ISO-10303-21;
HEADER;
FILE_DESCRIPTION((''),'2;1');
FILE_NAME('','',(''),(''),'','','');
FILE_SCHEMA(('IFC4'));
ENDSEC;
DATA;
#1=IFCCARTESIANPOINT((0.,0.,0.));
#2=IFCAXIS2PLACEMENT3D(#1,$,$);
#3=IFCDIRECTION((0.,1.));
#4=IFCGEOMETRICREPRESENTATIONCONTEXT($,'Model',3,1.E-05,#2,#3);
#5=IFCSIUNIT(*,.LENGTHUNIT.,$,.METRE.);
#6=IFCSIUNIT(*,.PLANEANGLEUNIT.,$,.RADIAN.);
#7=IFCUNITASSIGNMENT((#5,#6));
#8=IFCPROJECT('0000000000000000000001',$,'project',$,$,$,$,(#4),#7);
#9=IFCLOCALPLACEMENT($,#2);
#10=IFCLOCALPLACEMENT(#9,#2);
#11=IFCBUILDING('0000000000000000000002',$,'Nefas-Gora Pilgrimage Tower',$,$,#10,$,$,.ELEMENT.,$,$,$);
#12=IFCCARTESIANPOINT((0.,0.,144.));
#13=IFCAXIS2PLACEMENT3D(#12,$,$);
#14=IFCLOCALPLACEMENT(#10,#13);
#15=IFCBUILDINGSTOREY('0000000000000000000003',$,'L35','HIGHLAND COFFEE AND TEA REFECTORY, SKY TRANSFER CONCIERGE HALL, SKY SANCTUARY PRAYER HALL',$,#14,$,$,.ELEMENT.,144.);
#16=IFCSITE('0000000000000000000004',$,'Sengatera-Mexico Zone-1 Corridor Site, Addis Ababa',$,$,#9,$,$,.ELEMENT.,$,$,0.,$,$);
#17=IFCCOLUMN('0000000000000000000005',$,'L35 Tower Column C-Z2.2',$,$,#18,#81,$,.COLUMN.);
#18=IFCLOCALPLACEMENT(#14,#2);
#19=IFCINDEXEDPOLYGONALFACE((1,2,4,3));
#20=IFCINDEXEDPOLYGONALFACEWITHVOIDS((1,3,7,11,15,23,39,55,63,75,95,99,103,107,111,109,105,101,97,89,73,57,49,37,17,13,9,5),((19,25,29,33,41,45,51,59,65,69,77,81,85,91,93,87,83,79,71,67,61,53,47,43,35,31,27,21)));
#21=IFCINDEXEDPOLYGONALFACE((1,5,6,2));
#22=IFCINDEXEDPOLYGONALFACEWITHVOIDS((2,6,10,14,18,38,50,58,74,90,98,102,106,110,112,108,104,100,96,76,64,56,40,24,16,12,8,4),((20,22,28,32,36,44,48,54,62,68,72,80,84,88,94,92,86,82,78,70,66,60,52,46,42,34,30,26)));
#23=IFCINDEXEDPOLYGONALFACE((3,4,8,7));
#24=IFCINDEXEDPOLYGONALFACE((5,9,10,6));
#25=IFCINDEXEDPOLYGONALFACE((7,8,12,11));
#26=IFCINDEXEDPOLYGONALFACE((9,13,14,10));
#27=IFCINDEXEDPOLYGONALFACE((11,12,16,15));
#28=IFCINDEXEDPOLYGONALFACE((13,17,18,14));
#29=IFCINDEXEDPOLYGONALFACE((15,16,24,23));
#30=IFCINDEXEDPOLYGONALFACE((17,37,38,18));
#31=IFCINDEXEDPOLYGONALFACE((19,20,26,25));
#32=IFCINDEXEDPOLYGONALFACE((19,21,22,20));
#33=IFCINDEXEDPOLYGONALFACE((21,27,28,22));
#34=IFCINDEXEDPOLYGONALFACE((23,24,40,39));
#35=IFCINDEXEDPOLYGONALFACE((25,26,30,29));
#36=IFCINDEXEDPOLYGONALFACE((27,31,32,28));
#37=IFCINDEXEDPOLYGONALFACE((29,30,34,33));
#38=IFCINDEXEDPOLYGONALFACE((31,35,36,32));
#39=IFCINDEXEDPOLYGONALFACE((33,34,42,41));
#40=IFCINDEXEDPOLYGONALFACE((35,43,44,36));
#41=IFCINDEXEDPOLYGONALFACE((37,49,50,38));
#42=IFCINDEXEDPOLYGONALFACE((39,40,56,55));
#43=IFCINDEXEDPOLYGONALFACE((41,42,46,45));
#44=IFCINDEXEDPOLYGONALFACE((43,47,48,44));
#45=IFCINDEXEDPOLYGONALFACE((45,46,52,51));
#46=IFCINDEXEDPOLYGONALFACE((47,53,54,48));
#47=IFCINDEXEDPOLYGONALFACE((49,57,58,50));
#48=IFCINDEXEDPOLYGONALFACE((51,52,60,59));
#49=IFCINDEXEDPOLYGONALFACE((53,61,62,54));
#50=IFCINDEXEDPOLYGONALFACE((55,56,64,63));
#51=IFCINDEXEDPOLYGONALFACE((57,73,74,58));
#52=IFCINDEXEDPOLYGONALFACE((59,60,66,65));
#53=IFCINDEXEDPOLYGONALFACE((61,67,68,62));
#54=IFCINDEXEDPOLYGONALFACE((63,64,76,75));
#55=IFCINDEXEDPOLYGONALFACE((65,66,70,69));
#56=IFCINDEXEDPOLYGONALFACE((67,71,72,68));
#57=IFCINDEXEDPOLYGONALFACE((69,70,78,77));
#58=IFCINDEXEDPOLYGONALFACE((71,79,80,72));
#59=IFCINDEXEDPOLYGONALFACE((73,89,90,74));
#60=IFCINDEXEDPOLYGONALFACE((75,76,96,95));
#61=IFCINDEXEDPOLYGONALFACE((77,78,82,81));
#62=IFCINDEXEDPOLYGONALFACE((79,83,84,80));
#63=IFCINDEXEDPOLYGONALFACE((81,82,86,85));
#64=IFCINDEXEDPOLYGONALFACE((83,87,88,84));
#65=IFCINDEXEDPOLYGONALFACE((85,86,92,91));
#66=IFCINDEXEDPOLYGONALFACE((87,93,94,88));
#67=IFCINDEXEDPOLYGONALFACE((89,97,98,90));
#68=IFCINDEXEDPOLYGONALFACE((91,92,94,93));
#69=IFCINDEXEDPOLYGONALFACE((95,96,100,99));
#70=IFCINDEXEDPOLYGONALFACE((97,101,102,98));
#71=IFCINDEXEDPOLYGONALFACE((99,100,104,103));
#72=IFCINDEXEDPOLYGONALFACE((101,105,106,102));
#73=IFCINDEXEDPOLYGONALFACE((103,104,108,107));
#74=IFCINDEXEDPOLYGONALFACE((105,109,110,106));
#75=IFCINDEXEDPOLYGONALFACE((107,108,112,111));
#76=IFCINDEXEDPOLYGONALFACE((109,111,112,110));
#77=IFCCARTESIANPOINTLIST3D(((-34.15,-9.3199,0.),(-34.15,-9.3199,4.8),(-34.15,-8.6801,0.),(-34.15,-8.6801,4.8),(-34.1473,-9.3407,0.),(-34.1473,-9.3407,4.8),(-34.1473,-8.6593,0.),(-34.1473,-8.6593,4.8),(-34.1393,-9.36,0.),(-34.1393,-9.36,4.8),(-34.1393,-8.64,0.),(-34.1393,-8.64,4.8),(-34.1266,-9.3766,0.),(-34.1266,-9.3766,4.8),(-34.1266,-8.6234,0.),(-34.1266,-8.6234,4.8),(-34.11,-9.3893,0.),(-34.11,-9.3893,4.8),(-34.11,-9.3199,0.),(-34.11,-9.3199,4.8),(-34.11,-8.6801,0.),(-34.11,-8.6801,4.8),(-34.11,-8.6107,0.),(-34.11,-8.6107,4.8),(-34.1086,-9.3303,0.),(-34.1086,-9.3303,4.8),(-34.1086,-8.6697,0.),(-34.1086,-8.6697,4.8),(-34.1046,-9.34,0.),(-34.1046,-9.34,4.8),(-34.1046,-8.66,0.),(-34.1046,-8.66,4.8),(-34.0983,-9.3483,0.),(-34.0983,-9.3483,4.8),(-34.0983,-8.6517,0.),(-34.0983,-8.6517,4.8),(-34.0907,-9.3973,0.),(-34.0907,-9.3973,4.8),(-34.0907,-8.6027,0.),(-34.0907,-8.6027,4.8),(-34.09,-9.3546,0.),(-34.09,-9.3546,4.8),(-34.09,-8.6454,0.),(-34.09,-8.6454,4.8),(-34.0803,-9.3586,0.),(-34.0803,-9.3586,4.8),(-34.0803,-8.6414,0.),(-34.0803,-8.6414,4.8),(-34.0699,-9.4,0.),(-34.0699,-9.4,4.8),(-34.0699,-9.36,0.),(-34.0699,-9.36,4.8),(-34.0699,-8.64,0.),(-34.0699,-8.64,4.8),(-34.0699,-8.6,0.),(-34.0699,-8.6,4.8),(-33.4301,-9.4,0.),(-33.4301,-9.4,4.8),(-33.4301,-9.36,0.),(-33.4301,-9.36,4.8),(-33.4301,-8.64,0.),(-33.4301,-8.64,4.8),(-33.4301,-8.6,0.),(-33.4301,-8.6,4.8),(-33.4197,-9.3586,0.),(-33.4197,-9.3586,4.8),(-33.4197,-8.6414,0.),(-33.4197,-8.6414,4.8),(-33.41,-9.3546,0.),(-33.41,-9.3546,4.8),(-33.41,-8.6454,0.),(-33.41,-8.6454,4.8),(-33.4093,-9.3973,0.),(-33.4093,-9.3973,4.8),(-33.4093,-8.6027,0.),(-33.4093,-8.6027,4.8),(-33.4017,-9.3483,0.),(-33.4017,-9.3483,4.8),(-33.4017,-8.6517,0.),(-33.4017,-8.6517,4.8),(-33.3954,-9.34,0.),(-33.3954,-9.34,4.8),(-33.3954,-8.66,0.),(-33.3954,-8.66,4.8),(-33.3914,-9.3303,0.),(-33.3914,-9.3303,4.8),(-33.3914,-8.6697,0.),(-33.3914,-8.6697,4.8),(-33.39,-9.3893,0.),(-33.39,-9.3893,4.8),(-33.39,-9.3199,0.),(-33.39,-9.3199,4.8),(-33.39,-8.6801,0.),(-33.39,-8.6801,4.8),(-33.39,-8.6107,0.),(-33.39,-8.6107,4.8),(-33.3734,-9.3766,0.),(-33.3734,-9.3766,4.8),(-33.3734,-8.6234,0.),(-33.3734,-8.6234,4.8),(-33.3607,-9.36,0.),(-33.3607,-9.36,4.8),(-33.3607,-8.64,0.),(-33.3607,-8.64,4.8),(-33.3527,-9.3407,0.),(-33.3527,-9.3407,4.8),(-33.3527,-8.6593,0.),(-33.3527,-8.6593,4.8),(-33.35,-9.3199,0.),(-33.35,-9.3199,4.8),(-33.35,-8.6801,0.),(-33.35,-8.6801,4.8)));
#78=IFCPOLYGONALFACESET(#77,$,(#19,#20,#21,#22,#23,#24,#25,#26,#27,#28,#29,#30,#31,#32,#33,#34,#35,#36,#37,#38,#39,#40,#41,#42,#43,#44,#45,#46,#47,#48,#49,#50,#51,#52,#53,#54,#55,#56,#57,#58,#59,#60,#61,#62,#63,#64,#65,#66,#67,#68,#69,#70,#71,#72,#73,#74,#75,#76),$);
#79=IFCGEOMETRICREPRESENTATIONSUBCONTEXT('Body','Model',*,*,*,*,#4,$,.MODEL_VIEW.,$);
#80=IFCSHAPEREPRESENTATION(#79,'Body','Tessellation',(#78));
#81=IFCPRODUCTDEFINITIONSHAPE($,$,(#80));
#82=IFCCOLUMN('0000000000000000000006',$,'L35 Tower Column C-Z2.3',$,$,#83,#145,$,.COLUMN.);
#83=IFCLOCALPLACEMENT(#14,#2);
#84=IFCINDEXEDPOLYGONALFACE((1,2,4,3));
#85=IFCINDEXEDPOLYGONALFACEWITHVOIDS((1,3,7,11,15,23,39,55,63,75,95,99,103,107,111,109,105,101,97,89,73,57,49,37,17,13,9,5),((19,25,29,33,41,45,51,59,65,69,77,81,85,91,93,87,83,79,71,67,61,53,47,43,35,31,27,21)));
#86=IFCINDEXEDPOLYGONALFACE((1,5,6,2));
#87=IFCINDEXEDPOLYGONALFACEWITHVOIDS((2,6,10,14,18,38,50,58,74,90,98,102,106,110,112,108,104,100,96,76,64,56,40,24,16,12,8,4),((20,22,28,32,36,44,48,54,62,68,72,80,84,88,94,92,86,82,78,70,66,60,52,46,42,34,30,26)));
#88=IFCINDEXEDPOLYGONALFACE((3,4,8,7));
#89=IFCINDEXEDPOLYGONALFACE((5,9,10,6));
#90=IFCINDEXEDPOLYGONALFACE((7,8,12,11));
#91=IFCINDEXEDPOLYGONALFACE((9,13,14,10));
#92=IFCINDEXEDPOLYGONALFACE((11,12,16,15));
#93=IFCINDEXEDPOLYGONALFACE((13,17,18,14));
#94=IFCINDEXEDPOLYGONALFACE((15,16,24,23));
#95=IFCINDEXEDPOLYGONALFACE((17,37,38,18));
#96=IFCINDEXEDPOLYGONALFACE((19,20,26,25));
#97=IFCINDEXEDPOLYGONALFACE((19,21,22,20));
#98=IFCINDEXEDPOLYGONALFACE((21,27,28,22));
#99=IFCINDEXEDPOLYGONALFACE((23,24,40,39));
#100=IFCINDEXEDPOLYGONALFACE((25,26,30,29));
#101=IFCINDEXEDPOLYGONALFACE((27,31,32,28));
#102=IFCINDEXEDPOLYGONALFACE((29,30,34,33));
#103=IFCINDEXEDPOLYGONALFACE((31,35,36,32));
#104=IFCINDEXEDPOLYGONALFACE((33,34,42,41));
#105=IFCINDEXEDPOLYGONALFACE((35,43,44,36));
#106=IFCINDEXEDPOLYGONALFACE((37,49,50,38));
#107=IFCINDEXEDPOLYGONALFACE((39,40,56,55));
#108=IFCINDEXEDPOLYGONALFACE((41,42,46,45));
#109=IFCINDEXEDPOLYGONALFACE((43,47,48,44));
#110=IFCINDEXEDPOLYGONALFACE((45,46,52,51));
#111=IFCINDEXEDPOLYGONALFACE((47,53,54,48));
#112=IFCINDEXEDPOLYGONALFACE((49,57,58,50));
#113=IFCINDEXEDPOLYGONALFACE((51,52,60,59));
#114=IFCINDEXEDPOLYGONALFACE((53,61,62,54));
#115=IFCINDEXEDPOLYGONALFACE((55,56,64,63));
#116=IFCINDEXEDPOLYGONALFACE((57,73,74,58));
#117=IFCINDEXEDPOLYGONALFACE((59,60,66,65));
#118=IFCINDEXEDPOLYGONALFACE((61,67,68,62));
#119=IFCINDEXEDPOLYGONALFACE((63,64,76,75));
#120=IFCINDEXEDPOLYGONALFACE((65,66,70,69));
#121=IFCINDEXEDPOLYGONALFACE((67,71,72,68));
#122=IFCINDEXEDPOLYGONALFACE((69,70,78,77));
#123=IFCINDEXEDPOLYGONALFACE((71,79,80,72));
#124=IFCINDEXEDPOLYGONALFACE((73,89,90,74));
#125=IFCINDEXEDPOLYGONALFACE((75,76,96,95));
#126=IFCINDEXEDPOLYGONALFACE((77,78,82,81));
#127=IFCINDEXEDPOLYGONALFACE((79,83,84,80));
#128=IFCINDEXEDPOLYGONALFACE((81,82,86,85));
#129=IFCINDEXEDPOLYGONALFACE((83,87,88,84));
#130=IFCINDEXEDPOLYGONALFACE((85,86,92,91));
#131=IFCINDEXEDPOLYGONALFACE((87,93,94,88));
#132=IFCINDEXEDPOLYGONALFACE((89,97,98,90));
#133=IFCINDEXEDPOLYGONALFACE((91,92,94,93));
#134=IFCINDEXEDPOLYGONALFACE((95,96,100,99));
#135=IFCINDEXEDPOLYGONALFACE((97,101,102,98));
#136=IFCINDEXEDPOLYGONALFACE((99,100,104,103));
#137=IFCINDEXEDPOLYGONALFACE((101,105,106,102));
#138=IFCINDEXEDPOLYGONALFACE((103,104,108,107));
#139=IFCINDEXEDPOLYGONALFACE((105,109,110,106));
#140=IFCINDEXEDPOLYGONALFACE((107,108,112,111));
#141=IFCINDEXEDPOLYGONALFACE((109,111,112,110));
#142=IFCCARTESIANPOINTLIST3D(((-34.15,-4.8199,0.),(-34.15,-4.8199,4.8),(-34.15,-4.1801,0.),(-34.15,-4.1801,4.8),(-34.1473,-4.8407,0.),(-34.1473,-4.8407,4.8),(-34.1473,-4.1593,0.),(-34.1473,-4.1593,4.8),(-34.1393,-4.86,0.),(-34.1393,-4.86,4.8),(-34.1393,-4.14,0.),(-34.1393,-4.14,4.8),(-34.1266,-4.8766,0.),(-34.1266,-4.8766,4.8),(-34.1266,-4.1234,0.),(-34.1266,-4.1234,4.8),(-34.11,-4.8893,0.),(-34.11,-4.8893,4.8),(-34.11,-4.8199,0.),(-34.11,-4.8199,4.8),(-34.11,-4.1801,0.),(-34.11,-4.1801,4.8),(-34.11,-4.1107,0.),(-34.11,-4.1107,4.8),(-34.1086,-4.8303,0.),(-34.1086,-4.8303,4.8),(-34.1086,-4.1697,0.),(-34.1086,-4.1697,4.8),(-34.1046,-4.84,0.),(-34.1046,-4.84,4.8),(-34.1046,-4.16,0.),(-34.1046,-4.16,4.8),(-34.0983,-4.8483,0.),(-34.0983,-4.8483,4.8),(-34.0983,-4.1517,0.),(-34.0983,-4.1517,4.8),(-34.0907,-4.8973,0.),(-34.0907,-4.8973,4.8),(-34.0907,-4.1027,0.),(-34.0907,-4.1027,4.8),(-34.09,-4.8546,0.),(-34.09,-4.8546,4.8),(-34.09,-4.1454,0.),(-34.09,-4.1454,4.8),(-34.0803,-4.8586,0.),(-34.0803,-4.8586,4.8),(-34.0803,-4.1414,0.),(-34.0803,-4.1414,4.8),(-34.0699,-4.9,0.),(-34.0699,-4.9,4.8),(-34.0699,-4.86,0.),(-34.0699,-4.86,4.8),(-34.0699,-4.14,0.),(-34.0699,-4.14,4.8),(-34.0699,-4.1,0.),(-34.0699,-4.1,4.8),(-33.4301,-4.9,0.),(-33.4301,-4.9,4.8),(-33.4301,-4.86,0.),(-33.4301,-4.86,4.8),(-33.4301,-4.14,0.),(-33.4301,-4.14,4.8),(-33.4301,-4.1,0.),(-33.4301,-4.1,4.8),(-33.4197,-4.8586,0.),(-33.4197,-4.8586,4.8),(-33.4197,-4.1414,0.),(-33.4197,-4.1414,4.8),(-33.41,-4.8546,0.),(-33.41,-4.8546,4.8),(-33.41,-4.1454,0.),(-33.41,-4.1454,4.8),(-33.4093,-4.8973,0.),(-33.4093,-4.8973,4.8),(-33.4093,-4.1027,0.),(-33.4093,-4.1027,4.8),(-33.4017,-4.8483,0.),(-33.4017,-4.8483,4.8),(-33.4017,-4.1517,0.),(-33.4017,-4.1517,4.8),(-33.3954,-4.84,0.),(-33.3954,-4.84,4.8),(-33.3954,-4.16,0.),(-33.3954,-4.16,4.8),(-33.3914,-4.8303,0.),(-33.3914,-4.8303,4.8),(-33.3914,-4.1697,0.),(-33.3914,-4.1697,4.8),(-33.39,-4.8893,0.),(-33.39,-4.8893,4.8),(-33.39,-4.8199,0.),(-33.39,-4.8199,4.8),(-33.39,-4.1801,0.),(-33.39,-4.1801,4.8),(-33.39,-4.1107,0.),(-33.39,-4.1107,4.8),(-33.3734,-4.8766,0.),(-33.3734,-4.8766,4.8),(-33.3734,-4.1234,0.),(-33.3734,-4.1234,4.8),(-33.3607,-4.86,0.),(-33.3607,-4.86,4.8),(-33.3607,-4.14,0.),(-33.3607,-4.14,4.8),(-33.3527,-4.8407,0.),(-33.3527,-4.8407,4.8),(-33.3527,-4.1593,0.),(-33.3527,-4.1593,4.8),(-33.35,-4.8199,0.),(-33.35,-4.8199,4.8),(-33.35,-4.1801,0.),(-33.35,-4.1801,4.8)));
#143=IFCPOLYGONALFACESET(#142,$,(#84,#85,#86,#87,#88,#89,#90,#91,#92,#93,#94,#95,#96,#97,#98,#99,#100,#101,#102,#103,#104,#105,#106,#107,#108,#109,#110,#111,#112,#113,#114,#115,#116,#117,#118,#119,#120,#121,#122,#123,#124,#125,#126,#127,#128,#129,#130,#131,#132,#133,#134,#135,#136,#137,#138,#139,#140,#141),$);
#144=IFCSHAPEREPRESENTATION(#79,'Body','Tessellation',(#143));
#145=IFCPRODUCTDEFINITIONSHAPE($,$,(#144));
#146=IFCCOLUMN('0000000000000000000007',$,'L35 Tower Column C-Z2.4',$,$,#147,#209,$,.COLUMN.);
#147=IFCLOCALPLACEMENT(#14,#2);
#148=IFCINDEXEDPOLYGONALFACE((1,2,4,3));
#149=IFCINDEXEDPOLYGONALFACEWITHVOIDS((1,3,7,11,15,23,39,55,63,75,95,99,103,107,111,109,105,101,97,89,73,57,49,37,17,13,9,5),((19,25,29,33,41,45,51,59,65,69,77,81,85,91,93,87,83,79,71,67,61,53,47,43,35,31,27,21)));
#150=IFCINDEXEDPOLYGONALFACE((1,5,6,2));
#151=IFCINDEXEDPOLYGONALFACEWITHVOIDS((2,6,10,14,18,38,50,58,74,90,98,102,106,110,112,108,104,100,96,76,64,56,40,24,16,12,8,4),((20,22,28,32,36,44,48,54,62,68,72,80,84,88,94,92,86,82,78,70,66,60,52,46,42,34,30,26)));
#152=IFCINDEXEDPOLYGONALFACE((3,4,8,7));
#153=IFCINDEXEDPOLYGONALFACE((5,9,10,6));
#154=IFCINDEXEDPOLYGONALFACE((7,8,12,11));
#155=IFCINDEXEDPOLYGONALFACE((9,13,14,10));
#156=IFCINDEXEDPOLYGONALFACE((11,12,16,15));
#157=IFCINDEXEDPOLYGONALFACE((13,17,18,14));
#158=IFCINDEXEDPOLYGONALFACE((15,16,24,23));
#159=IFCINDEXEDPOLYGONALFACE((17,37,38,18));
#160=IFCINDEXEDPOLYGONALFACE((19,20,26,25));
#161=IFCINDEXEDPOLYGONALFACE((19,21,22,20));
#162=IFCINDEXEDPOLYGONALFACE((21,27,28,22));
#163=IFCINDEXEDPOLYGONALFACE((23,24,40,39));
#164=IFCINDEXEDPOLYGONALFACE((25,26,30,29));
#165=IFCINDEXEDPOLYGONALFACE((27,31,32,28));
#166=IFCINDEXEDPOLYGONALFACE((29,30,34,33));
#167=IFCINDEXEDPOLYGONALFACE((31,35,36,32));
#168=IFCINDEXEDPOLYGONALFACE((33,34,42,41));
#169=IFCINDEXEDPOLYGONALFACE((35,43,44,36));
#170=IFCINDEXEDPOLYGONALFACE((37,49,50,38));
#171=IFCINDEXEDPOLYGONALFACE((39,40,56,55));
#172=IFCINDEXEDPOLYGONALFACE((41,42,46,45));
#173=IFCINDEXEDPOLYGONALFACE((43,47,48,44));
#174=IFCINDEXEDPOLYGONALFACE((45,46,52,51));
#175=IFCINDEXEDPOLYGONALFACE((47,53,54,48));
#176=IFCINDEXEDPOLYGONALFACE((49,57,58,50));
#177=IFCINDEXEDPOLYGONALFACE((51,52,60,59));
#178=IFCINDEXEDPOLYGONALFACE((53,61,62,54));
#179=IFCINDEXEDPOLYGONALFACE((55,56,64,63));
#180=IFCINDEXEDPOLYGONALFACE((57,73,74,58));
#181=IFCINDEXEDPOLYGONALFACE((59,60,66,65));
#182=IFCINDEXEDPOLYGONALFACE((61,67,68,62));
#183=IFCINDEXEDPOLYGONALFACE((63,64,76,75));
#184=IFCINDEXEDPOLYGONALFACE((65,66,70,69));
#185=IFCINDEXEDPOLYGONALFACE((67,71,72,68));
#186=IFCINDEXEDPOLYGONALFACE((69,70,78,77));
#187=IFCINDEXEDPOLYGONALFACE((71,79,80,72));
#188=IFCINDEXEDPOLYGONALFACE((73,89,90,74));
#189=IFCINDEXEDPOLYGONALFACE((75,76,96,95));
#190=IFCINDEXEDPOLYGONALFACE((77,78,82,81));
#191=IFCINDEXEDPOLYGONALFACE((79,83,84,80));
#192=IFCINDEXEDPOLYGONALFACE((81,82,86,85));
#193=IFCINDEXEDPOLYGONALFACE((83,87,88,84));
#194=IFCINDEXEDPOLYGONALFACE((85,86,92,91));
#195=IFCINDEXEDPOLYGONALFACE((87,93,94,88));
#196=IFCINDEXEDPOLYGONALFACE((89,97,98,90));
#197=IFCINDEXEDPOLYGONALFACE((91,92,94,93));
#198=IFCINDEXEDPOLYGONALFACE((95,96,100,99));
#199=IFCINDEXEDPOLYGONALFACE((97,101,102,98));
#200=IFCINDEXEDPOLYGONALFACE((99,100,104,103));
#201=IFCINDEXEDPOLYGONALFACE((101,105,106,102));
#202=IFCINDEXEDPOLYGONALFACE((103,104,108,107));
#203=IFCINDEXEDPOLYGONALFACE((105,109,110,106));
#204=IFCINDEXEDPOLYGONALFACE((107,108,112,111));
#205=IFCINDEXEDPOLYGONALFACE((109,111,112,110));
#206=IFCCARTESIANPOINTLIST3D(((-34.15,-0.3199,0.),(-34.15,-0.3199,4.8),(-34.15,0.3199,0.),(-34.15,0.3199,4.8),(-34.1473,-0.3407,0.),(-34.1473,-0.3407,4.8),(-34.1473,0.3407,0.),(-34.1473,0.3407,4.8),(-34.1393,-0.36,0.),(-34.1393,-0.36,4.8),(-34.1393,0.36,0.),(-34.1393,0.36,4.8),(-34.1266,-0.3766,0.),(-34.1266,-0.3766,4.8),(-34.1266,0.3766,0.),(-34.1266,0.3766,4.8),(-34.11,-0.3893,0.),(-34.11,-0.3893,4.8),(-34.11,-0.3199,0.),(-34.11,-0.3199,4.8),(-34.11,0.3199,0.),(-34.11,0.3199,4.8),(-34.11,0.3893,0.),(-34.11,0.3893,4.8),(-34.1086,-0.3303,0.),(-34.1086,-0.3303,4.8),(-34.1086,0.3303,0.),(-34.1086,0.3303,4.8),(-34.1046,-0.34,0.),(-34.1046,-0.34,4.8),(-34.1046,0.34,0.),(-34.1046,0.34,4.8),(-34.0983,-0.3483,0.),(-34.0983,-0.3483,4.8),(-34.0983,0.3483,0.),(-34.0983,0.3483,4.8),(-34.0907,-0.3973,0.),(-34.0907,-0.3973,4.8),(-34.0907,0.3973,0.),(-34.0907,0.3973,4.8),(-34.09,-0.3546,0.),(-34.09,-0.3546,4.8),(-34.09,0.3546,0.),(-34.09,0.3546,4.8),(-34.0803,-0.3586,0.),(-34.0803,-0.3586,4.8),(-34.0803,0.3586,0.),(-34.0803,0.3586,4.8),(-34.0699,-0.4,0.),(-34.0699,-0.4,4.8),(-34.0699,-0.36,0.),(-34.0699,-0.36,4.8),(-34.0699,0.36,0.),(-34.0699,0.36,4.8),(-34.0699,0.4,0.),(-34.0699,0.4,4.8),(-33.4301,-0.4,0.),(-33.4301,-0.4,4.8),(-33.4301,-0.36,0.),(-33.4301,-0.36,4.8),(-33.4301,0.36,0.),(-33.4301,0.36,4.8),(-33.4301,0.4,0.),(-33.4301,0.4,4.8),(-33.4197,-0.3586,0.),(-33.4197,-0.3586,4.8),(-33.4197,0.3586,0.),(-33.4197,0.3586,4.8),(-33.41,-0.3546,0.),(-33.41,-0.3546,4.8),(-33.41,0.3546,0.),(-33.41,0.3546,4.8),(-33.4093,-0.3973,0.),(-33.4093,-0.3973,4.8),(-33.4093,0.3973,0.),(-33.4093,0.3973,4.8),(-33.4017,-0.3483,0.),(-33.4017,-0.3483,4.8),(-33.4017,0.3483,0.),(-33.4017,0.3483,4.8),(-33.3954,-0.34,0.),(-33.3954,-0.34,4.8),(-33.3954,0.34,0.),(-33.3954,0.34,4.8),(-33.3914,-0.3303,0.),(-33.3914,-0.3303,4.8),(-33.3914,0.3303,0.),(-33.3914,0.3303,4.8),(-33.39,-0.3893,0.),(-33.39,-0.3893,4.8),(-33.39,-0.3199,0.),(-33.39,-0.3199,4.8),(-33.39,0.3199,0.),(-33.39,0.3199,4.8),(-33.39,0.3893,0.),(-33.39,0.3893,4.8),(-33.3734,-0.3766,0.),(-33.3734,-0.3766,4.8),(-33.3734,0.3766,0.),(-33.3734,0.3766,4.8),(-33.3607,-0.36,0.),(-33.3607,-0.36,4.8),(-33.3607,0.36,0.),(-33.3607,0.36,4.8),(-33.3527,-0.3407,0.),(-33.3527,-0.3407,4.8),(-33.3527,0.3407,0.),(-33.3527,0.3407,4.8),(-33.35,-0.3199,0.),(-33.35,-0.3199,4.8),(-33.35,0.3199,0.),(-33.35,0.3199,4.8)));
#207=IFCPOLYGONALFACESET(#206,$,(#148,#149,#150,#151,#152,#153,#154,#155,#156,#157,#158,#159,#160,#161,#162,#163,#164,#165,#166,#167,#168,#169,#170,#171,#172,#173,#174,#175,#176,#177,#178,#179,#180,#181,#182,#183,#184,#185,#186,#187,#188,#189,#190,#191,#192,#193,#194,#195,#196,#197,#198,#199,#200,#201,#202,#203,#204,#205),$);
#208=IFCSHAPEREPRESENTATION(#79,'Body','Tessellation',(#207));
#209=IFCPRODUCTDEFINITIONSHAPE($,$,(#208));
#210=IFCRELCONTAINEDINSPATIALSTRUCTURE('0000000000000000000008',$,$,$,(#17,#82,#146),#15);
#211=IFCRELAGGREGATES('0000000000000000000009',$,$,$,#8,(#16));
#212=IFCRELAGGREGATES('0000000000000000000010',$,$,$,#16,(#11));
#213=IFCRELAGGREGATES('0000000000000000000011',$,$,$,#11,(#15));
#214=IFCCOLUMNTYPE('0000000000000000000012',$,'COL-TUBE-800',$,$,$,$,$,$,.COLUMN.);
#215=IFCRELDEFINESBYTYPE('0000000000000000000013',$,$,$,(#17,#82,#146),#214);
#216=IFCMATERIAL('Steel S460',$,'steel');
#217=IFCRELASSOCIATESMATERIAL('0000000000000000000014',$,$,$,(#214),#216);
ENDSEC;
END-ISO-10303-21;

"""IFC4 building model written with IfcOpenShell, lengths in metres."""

from ifc_helpers import new_model, si_unit, direction, frame, origin, origin_2d, place, context, subcontext, project, spatial, hollow_rectangle, extrude, source, transform, mapped, material, material_profile, profile_set, type_object, element, save


model = new_model("IFC4")

# Units and contexts
model_context = context("Model", 3, precision=1e-05, world=origin(), true_north=direction((0.0, 1.0)))
body_context = subcontext(model_context, "Body", "Model", "MODEL_VIEW")
ifc_project = project(units=[si_unit("LENGTHUNIT", "METRE"), si_unit("PLANEANGLEUNIT", "RADIAN")], contexts=[model_context])

# Site, building, storey
site_placement = place(None, origin())
site = spatial("IfcSite", under=ifc_project, at=site_placement, Name="Sengatera-Mexico Zone-1 Corridor Site, Addis Ababa", CompositionType="ELEMENT", RefElevation=0.0)
building_placement = place(site_placement, origin())
building = spatial("IfcBuilding", under=site, at=building_placement, Name="Nefas-Gora Pilgrimage Tower", CompositionType="ELEMENT")
storey_placement = place(building_placement, frame((0.0, 0.0, 144.0)))
storey = spatial("IfcBuildingStorey", under=building, at=storey_placement, Name="L35", Description="HIGHLAND COFFEE AND TEA REFECTORY, SKY TRANSFER CONCIERGE HALL, SKY SANCTUARY PRAYER HALL", CompositionType="ELEMENT", Elevation=144.0)

# Columns
ifc_material_1 = material(Name="Steel S460", Category="steel")
ifc_material_profile_1 = material_profile(ifc_material_1, hollow_rectangle(XDim=0.8, YDim=0.8, WallThickness=0.04, InnerFilletRadius=0.04, OuterFilletRadius=0.0801, at=origin_2d()), Name="BOX 800x800x40")
ifc_profile_set_1 = profile_set([ifc_material_profile_1], Name="Steel S460")
column_type_1 = type_object("IfcColumnType", Name="COL-TUBE-800", PredefinedType="COLUMN", material=ifc_profile_set_1)
shared_shape_1 = source(origin(), body_context, "Body", "SweptSolid", [
    extrude(hollow_rectangle(XDim=0.8, YDim=0.8, WallThickness=0.04, InnerFilletRadius=0.04, OuterFilletRadius=0.0801, at=origin_2d()), origin(), (0.0, 0.0, 1.0), 4.8),
])
for number, where, z_axis, x_axis, name in (
    (1, (-33.75, -9.0, 0.0), (0.0, 0.0, 1.0), (1.0, 0.0, 0.0), "L35 Tower Column C-Z2.2"),
    (2, (-33.75, -4.5, 0.0), (0.0, 0.0, 1.0), (1.0, 0.0, 0.0), "L35 Tower Column C-Z2.3"),
    (3, (-33.75, 0.0, 0.0), (0.0, 0.0, 1.0), (1.0, 0.0, 0.0), "L35 Tower Column C-Z2.4"),
):
    element("IfcColumn", number, at=place(storey_placement, frame(where, z_axis=z_axis, x_axis=x_axis)), inside=storey, type_object=column_type_1, Name=name, PredefinedType="COLUMN", context=body_context, shape_type="MappedRepresentation", body=[
        mapped(shared_shape_1, transform((0.0, 0.0, 0.0), x_axis=(1.0, 0.0, 0.0), y_axis=(0.0, 1.0, 0.0), z_axis=(0.0, 0.0, 1.0), scale=1.0)),
    ])

save(model, "model.ifc")
